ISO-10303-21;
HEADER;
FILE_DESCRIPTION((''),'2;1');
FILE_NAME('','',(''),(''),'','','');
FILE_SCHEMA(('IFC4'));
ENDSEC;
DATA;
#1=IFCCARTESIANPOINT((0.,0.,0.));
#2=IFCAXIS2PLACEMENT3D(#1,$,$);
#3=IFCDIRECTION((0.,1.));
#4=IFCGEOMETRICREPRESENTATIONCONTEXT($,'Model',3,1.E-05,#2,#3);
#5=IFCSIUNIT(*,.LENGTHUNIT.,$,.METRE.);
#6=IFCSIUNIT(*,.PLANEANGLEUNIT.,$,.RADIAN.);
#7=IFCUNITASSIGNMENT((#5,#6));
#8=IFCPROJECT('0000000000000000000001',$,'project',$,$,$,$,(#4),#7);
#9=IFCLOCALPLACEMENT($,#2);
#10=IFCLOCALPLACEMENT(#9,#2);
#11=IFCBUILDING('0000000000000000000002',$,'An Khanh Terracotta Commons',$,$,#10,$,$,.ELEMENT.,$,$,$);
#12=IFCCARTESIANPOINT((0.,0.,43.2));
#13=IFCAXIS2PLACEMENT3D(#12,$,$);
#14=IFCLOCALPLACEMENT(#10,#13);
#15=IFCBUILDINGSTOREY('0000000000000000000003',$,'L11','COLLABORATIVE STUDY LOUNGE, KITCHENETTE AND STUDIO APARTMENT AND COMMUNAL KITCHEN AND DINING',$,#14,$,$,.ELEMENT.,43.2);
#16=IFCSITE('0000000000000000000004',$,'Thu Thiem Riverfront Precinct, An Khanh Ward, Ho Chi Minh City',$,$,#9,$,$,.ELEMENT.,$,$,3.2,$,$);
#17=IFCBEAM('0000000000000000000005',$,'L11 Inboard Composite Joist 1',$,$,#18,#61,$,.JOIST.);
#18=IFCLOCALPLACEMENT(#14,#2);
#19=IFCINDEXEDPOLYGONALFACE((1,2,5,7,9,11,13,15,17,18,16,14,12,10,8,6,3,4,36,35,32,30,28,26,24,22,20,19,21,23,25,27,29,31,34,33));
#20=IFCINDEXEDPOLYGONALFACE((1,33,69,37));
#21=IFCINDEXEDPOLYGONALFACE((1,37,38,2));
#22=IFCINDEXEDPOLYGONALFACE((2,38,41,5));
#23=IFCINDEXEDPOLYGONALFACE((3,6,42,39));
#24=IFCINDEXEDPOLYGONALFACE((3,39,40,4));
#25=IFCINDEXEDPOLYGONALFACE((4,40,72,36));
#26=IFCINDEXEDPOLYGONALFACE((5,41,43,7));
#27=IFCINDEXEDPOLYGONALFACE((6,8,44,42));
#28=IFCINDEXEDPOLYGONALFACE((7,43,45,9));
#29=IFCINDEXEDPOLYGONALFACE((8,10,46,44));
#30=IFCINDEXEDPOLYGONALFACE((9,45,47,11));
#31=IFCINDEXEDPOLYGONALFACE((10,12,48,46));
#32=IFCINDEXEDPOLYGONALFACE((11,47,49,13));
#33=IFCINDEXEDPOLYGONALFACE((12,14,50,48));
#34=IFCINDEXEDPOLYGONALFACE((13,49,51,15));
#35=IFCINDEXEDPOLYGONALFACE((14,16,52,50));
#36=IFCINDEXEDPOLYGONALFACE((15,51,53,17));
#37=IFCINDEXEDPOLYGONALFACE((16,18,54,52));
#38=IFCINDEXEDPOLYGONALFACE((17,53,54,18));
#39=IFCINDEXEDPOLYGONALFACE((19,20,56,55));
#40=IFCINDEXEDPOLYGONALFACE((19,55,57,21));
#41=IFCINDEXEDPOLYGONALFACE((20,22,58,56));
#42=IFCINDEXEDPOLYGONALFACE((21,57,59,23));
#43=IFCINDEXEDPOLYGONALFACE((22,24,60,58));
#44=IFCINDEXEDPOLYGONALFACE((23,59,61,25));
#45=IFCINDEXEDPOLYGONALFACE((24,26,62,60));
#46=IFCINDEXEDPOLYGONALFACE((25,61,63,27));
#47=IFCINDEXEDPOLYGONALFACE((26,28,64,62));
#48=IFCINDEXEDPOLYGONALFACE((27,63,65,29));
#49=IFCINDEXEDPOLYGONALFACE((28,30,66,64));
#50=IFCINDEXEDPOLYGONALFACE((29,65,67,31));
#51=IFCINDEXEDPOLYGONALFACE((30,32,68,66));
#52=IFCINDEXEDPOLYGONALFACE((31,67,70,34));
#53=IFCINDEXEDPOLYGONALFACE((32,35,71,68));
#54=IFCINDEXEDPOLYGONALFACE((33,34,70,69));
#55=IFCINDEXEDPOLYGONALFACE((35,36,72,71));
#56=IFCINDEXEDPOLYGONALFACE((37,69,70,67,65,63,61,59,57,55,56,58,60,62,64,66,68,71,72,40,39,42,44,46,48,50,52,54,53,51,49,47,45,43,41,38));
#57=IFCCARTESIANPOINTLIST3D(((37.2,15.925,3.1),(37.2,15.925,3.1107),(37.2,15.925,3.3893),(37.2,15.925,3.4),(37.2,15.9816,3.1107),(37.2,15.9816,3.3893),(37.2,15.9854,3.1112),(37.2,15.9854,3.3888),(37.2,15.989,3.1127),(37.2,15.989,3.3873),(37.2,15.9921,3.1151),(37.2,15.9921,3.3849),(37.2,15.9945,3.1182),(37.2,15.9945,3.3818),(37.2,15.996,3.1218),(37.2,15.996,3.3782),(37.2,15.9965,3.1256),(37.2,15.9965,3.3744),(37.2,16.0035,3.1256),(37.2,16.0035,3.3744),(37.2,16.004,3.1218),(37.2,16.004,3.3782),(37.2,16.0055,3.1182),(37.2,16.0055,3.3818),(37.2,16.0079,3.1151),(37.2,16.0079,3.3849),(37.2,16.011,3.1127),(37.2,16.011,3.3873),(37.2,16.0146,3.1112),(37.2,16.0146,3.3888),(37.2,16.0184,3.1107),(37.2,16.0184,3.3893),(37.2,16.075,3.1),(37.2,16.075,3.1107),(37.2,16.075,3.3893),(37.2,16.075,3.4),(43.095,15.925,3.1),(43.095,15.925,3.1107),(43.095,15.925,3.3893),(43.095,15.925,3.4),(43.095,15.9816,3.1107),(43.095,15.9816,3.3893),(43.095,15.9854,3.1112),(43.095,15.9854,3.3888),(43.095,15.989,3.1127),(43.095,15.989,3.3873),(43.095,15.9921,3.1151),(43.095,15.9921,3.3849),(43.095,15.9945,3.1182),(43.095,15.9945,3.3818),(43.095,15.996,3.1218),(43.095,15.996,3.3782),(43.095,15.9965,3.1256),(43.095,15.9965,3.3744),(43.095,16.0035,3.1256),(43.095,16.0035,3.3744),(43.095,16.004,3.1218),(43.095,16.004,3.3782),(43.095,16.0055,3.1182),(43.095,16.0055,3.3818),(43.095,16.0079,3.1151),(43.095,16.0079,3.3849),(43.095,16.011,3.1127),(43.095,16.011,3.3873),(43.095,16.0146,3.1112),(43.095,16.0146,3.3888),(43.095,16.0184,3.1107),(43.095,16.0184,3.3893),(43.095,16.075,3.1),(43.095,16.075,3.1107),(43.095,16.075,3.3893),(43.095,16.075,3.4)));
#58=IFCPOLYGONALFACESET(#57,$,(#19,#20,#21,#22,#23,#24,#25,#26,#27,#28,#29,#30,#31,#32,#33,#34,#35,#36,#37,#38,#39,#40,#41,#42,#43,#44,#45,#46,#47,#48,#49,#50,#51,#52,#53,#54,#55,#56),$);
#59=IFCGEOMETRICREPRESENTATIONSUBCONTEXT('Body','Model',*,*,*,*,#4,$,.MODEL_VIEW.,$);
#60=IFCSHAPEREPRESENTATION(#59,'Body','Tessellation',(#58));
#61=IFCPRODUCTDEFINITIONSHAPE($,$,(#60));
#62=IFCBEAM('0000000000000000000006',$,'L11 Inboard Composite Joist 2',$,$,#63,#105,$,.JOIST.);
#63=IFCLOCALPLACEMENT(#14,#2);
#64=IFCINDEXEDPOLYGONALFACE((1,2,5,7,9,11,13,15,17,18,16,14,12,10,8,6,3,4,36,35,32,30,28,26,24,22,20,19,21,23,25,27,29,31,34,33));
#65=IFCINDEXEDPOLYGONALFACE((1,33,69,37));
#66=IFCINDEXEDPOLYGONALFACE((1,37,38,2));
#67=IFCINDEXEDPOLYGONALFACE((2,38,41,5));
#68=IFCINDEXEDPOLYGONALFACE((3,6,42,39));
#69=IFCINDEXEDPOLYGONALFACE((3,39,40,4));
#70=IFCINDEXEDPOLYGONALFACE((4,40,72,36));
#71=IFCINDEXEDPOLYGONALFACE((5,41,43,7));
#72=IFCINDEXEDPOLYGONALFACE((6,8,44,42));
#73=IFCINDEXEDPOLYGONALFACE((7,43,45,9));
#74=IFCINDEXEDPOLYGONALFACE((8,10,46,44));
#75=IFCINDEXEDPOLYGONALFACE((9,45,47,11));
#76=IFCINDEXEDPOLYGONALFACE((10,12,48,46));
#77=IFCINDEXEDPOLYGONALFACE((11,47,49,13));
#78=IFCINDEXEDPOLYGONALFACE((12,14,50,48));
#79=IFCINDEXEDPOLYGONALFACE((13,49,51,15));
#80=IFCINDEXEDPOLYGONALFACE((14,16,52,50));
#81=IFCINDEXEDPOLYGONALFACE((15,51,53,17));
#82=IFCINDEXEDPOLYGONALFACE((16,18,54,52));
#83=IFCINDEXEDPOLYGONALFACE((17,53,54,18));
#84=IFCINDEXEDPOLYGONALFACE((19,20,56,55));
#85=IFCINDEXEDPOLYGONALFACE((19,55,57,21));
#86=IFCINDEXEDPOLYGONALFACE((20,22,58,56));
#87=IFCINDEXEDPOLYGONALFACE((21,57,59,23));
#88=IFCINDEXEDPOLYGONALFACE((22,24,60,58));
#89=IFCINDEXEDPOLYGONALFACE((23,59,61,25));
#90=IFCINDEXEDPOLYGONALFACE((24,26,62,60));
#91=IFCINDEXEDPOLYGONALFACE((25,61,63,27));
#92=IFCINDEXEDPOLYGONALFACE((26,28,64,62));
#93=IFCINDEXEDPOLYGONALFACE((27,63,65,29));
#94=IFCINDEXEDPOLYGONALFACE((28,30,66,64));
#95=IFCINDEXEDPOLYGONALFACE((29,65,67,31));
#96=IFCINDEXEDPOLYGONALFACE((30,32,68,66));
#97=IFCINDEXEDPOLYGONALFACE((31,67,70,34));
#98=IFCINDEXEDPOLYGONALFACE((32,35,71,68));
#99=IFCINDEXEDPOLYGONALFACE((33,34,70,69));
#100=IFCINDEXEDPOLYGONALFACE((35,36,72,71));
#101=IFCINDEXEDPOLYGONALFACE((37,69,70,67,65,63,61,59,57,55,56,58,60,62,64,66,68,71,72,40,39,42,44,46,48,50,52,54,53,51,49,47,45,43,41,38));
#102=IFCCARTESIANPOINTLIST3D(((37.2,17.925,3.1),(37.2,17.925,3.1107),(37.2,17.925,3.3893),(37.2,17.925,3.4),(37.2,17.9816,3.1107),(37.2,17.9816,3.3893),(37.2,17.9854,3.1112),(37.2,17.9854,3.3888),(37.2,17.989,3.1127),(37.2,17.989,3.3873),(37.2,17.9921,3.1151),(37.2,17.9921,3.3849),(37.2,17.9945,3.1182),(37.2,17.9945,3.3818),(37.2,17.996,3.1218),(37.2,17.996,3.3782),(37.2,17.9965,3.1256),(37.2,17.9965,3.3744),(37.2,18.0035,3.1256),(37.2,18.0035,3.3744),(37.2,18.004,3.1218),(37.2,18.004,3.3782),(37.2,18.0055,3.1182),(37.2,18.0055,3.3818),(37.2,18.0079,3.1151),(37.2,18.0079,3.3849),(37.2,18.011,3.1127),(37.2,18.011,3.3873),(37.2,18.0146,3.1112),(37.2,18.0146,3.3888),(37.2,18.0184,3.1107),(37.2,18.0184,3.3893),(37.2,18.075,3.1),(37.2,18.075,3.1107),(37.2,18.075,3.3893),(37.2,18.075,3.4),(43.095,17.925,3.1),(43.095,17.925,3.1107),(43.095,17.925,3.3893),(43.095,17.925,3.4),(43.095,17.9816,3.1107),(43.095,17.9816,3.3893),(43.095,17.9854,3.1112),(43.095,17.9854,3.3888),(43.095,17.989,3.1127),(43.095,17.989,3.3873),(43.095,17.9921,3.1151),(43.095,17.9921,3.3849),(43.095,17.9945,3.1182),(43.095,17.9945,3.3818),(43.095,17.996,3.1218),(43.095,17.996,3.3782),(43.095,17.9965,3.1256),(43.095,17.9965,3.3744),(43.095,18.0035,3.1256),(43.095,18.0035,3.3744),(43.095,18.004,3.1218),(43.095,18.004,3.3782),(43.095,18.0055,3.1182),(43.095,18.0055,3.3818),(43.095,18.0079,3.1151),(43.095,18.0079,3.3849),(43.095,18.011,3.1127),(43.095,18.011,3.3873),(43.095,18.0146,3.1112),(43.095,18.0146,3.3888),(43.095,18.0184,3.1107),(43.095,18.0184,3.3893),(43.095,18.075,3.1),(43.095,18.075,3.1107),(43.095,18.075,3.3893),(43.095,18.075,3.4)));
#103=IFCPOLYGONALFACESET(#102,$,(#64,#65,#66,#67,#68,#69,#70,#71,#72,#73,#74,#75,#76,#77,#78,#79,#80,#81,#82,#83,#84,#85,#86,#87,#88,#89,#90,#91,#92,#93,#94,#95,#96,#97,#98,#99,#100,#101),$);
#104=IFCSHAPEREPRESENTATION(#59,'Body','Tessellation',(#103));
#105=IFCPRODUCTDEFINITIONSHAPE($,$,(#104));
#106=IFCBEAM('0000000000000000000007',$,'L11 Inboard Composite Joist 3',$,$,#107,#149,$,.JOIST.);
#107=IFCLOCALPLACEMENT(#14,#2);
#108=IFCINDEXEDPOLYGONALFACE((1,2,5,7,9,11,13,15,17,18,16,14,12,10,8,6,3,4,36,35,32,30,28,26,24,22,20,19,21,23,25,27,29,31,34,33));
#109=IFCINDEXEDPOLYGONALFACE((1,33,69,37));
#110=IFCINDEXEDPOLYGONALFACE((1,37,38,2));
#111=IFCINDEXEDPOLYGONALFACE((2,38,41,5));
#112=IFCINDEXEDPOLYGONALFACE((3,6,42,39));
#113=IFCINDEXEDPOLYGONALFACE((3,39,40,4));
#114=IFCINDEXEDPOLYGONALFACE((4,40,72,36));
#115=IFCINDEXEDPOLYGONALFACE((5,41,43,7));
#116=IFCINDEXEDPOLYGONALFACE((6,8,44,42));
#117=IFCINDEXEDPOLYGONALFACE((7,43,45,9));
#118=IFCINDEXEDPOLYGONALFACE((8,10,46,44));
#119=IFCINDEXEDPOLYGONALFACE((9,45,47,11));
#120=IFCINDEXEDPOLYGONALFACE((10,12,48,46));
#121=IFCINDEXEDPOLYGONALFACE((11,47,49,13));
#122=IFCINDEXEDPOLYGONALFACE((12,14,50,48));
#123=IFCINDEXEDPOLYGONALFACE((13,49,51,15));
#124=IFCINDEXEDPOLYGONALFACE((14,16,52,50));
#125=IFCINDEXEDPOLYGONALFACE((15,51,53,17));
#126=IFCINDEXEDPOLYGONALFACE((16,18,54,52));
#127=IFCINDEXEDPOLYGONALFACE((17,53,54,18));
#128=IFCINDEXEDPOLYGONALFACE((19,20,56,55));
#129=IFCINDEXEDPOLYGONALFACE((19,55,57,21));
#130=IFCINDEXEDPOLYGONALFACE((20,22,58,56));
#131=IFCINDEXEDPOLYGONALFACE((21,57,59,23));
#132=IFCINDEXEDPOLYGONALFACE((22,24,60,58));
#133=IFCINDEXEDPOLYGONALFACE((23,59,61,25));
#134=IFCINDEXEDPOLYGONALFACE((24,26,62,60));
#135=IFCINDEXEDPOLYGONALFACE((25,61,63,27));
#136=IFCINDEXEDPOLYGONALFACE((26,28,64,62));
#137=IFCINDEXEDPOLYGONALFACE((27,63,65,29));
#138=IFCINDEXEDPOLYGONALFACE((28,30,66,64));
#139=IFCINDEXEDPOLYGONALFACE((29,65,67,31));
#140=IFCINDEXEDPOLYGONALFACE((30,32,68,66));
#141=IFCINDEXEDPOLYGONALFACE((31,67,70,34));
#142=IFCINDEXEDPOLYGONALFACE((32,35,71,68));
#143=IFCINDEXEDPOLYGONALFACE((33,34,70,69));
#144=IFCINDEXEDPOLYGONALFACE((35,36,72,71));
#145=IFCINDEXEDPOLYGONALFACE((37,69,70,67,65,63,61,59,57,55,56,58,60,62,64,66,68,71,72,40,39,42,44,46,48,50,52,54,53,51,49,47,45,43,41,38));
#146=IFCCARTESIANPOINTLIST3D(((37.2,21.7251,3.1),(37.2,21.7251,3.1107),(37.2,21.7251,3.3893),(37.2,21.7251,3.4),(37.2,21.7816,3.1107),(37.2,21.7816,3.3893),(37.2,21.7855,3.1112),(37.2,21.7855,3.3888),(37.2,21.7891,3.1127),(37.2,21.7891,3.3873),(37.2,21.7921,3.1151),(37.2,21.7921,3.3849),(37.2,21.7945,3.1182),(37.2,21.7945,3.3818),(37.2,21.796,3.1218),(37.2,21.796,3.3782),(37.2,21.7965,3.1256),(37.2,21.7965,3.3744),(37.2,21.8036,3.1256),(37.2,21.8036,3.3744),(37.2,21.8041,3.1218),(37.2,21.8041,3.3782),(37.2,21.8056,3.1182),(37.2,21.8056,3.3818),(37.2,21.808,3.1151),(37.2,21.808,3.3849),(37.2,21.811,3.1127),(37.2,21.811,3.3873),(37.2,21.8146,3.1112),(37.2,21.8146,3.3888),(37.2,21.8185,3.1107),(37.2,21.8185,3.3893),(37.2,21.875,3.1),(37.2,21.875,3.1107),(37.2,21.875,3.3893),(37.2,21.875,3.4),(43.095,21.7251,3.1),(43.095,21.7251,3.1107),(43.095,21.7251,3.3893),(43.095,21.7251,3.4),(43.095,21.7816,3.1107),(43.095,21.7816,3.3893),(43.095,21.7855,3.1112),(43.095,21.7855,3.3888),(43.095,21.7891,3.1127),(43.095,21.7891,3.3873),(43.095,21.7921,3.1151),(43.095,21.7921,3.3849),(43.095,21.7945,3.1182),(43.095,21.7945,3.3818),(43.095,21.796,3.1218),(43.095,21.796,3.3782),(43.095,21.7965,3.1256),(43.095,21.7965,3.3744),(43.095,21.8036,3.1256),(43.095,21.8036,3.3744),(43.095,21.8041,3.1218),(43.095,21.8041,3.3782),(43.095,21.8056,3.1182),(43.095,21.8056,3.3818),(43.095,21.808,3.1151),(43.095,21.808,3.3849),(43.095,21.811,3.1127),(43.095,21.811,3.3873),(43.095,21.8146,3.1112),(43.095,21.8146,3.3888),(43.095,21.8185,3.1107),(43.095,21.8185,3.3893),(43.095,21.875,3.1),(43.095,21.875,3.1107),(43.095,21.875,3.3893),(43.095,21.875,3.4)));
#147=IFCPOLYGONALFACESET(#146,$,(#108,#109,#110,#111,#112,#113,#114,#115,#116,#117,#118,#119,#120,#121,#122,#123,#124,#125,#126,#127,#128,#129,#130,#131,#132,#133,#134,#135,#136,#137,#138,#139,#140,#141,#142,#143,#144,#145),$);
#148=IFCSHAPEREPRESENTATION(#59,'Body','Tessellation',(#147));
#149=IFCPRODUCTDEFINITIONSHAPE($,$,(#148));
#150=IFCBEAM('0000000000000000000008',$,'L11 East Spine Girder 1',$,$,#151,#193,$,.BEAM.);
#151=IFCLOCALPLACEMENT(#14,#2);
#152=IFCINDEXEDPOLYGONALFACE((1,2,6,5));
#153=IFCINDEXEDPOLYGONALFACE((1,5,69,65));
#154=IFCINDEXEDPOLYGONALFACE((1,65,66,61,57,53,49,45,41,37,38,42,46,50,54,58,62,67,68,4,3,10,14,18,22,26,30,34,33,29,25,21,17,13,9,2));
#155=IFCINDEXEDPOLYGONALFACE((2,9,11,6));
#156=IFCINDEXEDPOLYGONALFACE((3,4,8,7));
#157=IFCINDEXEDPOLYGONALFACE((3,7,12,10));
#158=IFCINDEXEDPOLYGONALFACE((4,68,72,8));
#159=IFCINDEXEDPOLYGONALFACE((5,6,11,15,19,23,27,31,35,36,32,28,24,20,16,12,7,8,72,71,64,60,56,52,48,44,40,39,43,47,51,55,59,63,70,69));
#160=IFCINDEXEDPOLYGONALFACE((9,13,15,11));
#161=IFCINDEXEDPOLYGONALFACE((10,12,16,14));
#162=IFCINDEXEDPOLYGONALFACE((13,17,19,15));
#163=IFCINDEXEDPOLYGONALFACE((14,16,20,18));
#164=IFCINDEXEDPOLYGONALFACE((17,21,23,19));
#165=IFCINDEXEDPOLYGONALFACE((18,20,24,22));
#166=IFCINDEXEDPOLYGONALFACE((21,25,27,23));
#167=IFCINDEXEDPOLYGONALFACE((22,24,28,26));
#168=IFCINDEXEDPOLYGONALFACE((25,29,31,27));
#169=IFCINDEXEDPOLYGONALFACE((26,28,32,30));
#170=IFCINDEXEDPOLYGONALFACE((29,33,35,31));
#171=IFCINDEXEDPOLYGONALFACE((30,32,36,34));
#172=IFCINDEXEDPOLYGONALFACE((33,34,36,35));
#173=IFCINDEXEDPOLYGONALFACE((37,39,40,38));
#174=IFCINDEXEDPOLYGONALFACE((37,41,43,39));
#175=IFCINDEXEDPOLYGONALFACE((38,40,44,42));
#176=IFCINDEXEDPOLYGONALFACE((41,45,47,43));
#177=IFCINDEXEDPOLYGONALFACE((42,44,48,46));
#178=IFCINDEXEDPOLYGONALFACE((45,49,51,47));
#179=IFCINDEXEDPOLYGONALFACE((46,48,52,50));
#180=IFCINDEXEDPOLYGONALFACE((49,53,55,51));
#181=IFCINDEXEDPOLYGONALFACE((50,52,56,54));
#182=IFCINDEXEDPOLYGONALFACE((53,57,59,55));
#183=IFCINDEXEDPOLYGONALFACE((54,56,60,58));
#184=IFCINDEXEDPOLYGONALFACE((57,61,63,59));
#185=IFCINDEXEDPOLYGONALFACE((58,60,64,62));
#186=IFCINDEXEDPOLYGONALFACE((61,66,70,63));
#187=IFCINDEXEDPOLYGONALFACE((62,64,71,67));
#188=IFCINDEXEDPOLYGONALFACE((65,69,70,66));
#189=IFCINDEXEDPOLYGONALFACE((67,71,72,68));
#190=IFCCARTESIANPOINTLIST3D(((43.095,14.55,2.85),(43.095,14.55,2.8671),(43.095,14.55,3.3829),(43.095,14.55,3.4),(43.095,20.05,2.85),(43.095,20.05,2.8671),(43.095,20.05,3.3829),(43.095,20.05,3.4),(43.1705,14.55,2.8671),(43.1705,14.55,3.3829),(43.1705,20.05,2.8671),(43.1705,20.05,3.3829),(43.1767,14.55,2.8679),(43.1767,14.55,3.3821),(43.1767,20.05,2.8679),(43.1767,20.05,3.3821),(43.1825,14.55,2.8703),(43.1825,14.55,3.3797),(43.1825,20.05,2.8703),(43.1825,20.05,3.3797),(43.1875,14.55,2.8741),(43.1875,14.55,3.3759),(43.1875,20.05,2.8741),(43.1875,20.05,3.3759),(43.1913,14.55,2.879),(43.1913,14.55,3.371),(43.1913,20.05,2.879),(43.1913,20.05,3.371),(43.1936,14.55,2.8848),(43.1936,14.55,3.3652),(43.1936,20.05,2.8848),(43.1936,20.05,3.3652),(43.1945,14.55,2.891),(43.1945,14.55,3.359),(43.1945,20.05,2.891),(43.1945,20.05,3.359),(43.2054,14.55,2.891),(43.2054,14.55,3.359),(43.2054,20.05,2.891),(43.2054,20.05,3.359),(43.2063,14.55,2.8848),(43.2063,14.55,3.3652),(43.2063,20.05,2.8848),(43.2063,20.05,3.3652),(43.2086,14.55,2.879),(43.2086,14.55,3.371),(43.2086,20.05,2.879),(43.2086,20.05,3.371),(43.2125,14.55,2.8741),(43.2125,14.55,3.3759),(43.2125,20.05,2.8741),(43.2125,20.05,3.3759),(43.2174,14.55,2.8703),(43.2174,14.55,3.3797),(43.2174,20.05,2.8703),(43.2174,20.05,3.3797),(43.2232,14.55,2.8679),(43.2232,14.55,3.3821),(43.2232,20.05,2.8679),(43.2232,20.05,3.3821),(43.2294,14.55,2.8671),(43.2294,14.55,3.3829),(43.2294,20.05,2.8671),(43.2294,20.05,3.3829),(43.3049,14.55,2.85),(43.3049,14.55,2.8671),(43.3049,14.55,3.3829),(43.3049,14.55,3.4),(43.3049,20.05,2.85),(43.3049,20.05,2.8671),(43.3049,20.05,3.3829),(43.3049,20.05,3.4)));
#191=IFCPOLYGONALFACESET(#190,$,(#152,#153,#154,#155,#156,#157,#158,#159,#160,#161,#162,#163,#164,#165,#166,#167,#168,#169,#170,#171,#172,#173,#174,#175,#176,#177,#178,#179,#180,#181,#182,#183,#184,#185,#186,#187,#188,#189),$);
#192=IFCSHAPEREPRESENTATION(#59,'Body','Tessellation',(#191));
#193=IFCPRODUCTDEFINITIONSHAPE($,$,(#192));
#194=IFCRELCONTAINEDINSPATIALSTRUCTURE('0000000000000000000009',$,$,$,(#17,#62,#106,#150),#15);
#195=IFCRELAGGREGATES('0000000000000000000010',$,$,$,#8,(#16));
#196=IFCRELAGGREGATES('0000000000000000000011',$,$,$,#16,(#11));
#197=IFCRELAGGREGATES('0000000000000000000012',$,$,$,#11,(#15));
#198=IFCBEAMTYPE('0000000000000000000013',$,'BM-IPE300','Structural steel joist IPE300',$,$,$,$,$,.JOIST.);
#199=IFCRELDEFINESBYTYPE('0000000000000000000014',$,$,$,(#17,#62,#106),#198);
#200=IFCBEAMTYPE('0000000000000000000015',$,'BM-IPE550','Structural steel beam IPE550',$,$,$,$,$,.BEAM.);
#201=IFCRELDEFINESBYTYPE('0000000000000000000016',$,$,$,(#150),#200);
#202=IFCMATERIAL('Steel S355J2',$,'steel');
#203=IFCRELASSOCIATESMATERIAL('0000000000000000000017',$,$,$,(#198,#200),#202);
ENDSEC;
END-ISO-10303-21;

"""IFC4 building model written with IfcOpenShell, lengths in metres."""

from ifc_helpers import new_model, si_unit, direction, frame, origin, origin_2d, place, context, subcontext, project, spatial, i_section, extrude, material, material_profile, profile_set, type_object, element, save


model = new_model("IFC4")

# Units and contexts
model_context = context("Model", 3, precision=1e-05, world=origin(), true_north=direction((0.0, 1.0)))
body_context = subcontext(model_context, "Body", "Model", "MODEL_VIEW")
ifc_project = project(units=[si_unit("LENGTHUNIT", "METRE"), si_unit("PLANEANGLEUNIT", "RADIAN")], contexts=[model_context])

# Site, building, storey
site_placement = place(None, origin())
site = spatial("IfcSite", under=ifc_project, at=site_placement, Name="Thu Thiem Riverfront Precinct, An Khanh Ward, Ho Chi Minh City", CompositionType="ELEMENT", RefElevation=3.2)
building_placement = place(site_placement, origin())
building = spatial("IfcBuilding", under=site, at=building_placement, Name="An Khanh Terracotta Commons", CompositionType="ELEMENT")
storey_placement = place(building_placement, frame((0.0, 0.0, 43.2)))
storey = spatial("IfcBuildingStorey", under=building, at=storey_placement, Name="L11", Description="COLLABORATIVE STUDY LOUNGE, KITCHENETTE AND STUDIO APARTMENT AND COMMUNAL KITCHEN AND DINING", CompositionType="ELEMENT", Elevation=43.2)

# Beams
ifc_material_1 = material(Name="Steel S355J2", Category="steel")
ifc_material_profile_1 = material_profile(ifc_material_1, i_section(OverallWidth=0.1499, OverallDepth=0.3, WebThickness=0.0071, FlangeThickness=0.0107, FilletRadius=0.0149, at=origin_2d()), Name="IPE300")
ifc_profile_set_1 = profile_set([ifc_material_profile_1], Name="Steel S355J2")
beam_type_1 = type_object("IfcBeamType", Name="BM-IPE300", Description="Structural steel joist IPE300", PredefinedType="JOIST", material=ifc_profile_set_1)
for number, where, z_axis, x_axis, name in (
    (1, (37.2, 16.0, 3.25), (1.0, 0.0, 0.0), (0.0, 1.0, 0.0), "L11 Inboard Composite Joist 1"),
    (2, (37.2, 18.0, 3.25), (1.0, 0.0, 0.0), (0.0, 1.0, 0.0), "L11 Inboard Composite Joist 2"),
    (3, (37.2, 21.8, 3.25), (1.0, 0.0, 0.0), (0.0, 1.0, 0.0), "L11 Inboard Composite Joist 3"),
):
    element("IfcBeam", number, at=place(storey_placement, frame(where, z_axis=z_axis, x_axis=x_axis)), inside=storey, type_object=beam_type_1, Name=name, PredefinedType="JOIST", context=body_context, shape_type="SweptSolid", body=[
        extrude(i_section(OverallWidth=0.1499, OverallDepth=0.3, WebThickness=0.0071, FlangeThickness=0.0107, FilletRadius=0.0149, at=origin_2d()), origin(), (0.0, 0.0, 1.0), 5.895),
    ])
ifc_material_profile_2 = material_profile(ifc_material_1, i_section(OverallWidth=0.21, OverallDepth=0.55, WebThickness=0.011, FlangeThickness=0.0171, FilletRadius=0.0239, at=origin_2d()), Name="IPE550")
ifc_profile_set_2 = profile_set([ifc_material_profile_2], Name="Steel S355J2")
beam_type_2 = type_object("IfcBeamType", Name="BM-IPE550", Description="Structural steel beam IPE550", PredefinedType="BEAM", material=ifc_profile_set_2)
beam_1_placement = place(storey_placement, frame((43.2, 14.55, 3.125), z_axis=(0.0, 1.0, 0.0), x_axis=(-1.0, 0.0, 0.0)))
element("IfcBeam", 4, at=beam_1_placement, inside=storey, type_object=beam_type_2, Name="L11 East Spine Girder 1", PredefinedType="BEAM", context=body_context, shape_type="SweptSolid", body=[
    extrude(i_section(OverallWidth=0.21, OverallDepth=0.55, WebThickness=0.011, FlangeThickness=0.0171, FilletRadius=0.0239, at=origin_2d()), origin(), (0.0, 0.0, 1.0), 5.5),
])

save(model, "model.ifc")
